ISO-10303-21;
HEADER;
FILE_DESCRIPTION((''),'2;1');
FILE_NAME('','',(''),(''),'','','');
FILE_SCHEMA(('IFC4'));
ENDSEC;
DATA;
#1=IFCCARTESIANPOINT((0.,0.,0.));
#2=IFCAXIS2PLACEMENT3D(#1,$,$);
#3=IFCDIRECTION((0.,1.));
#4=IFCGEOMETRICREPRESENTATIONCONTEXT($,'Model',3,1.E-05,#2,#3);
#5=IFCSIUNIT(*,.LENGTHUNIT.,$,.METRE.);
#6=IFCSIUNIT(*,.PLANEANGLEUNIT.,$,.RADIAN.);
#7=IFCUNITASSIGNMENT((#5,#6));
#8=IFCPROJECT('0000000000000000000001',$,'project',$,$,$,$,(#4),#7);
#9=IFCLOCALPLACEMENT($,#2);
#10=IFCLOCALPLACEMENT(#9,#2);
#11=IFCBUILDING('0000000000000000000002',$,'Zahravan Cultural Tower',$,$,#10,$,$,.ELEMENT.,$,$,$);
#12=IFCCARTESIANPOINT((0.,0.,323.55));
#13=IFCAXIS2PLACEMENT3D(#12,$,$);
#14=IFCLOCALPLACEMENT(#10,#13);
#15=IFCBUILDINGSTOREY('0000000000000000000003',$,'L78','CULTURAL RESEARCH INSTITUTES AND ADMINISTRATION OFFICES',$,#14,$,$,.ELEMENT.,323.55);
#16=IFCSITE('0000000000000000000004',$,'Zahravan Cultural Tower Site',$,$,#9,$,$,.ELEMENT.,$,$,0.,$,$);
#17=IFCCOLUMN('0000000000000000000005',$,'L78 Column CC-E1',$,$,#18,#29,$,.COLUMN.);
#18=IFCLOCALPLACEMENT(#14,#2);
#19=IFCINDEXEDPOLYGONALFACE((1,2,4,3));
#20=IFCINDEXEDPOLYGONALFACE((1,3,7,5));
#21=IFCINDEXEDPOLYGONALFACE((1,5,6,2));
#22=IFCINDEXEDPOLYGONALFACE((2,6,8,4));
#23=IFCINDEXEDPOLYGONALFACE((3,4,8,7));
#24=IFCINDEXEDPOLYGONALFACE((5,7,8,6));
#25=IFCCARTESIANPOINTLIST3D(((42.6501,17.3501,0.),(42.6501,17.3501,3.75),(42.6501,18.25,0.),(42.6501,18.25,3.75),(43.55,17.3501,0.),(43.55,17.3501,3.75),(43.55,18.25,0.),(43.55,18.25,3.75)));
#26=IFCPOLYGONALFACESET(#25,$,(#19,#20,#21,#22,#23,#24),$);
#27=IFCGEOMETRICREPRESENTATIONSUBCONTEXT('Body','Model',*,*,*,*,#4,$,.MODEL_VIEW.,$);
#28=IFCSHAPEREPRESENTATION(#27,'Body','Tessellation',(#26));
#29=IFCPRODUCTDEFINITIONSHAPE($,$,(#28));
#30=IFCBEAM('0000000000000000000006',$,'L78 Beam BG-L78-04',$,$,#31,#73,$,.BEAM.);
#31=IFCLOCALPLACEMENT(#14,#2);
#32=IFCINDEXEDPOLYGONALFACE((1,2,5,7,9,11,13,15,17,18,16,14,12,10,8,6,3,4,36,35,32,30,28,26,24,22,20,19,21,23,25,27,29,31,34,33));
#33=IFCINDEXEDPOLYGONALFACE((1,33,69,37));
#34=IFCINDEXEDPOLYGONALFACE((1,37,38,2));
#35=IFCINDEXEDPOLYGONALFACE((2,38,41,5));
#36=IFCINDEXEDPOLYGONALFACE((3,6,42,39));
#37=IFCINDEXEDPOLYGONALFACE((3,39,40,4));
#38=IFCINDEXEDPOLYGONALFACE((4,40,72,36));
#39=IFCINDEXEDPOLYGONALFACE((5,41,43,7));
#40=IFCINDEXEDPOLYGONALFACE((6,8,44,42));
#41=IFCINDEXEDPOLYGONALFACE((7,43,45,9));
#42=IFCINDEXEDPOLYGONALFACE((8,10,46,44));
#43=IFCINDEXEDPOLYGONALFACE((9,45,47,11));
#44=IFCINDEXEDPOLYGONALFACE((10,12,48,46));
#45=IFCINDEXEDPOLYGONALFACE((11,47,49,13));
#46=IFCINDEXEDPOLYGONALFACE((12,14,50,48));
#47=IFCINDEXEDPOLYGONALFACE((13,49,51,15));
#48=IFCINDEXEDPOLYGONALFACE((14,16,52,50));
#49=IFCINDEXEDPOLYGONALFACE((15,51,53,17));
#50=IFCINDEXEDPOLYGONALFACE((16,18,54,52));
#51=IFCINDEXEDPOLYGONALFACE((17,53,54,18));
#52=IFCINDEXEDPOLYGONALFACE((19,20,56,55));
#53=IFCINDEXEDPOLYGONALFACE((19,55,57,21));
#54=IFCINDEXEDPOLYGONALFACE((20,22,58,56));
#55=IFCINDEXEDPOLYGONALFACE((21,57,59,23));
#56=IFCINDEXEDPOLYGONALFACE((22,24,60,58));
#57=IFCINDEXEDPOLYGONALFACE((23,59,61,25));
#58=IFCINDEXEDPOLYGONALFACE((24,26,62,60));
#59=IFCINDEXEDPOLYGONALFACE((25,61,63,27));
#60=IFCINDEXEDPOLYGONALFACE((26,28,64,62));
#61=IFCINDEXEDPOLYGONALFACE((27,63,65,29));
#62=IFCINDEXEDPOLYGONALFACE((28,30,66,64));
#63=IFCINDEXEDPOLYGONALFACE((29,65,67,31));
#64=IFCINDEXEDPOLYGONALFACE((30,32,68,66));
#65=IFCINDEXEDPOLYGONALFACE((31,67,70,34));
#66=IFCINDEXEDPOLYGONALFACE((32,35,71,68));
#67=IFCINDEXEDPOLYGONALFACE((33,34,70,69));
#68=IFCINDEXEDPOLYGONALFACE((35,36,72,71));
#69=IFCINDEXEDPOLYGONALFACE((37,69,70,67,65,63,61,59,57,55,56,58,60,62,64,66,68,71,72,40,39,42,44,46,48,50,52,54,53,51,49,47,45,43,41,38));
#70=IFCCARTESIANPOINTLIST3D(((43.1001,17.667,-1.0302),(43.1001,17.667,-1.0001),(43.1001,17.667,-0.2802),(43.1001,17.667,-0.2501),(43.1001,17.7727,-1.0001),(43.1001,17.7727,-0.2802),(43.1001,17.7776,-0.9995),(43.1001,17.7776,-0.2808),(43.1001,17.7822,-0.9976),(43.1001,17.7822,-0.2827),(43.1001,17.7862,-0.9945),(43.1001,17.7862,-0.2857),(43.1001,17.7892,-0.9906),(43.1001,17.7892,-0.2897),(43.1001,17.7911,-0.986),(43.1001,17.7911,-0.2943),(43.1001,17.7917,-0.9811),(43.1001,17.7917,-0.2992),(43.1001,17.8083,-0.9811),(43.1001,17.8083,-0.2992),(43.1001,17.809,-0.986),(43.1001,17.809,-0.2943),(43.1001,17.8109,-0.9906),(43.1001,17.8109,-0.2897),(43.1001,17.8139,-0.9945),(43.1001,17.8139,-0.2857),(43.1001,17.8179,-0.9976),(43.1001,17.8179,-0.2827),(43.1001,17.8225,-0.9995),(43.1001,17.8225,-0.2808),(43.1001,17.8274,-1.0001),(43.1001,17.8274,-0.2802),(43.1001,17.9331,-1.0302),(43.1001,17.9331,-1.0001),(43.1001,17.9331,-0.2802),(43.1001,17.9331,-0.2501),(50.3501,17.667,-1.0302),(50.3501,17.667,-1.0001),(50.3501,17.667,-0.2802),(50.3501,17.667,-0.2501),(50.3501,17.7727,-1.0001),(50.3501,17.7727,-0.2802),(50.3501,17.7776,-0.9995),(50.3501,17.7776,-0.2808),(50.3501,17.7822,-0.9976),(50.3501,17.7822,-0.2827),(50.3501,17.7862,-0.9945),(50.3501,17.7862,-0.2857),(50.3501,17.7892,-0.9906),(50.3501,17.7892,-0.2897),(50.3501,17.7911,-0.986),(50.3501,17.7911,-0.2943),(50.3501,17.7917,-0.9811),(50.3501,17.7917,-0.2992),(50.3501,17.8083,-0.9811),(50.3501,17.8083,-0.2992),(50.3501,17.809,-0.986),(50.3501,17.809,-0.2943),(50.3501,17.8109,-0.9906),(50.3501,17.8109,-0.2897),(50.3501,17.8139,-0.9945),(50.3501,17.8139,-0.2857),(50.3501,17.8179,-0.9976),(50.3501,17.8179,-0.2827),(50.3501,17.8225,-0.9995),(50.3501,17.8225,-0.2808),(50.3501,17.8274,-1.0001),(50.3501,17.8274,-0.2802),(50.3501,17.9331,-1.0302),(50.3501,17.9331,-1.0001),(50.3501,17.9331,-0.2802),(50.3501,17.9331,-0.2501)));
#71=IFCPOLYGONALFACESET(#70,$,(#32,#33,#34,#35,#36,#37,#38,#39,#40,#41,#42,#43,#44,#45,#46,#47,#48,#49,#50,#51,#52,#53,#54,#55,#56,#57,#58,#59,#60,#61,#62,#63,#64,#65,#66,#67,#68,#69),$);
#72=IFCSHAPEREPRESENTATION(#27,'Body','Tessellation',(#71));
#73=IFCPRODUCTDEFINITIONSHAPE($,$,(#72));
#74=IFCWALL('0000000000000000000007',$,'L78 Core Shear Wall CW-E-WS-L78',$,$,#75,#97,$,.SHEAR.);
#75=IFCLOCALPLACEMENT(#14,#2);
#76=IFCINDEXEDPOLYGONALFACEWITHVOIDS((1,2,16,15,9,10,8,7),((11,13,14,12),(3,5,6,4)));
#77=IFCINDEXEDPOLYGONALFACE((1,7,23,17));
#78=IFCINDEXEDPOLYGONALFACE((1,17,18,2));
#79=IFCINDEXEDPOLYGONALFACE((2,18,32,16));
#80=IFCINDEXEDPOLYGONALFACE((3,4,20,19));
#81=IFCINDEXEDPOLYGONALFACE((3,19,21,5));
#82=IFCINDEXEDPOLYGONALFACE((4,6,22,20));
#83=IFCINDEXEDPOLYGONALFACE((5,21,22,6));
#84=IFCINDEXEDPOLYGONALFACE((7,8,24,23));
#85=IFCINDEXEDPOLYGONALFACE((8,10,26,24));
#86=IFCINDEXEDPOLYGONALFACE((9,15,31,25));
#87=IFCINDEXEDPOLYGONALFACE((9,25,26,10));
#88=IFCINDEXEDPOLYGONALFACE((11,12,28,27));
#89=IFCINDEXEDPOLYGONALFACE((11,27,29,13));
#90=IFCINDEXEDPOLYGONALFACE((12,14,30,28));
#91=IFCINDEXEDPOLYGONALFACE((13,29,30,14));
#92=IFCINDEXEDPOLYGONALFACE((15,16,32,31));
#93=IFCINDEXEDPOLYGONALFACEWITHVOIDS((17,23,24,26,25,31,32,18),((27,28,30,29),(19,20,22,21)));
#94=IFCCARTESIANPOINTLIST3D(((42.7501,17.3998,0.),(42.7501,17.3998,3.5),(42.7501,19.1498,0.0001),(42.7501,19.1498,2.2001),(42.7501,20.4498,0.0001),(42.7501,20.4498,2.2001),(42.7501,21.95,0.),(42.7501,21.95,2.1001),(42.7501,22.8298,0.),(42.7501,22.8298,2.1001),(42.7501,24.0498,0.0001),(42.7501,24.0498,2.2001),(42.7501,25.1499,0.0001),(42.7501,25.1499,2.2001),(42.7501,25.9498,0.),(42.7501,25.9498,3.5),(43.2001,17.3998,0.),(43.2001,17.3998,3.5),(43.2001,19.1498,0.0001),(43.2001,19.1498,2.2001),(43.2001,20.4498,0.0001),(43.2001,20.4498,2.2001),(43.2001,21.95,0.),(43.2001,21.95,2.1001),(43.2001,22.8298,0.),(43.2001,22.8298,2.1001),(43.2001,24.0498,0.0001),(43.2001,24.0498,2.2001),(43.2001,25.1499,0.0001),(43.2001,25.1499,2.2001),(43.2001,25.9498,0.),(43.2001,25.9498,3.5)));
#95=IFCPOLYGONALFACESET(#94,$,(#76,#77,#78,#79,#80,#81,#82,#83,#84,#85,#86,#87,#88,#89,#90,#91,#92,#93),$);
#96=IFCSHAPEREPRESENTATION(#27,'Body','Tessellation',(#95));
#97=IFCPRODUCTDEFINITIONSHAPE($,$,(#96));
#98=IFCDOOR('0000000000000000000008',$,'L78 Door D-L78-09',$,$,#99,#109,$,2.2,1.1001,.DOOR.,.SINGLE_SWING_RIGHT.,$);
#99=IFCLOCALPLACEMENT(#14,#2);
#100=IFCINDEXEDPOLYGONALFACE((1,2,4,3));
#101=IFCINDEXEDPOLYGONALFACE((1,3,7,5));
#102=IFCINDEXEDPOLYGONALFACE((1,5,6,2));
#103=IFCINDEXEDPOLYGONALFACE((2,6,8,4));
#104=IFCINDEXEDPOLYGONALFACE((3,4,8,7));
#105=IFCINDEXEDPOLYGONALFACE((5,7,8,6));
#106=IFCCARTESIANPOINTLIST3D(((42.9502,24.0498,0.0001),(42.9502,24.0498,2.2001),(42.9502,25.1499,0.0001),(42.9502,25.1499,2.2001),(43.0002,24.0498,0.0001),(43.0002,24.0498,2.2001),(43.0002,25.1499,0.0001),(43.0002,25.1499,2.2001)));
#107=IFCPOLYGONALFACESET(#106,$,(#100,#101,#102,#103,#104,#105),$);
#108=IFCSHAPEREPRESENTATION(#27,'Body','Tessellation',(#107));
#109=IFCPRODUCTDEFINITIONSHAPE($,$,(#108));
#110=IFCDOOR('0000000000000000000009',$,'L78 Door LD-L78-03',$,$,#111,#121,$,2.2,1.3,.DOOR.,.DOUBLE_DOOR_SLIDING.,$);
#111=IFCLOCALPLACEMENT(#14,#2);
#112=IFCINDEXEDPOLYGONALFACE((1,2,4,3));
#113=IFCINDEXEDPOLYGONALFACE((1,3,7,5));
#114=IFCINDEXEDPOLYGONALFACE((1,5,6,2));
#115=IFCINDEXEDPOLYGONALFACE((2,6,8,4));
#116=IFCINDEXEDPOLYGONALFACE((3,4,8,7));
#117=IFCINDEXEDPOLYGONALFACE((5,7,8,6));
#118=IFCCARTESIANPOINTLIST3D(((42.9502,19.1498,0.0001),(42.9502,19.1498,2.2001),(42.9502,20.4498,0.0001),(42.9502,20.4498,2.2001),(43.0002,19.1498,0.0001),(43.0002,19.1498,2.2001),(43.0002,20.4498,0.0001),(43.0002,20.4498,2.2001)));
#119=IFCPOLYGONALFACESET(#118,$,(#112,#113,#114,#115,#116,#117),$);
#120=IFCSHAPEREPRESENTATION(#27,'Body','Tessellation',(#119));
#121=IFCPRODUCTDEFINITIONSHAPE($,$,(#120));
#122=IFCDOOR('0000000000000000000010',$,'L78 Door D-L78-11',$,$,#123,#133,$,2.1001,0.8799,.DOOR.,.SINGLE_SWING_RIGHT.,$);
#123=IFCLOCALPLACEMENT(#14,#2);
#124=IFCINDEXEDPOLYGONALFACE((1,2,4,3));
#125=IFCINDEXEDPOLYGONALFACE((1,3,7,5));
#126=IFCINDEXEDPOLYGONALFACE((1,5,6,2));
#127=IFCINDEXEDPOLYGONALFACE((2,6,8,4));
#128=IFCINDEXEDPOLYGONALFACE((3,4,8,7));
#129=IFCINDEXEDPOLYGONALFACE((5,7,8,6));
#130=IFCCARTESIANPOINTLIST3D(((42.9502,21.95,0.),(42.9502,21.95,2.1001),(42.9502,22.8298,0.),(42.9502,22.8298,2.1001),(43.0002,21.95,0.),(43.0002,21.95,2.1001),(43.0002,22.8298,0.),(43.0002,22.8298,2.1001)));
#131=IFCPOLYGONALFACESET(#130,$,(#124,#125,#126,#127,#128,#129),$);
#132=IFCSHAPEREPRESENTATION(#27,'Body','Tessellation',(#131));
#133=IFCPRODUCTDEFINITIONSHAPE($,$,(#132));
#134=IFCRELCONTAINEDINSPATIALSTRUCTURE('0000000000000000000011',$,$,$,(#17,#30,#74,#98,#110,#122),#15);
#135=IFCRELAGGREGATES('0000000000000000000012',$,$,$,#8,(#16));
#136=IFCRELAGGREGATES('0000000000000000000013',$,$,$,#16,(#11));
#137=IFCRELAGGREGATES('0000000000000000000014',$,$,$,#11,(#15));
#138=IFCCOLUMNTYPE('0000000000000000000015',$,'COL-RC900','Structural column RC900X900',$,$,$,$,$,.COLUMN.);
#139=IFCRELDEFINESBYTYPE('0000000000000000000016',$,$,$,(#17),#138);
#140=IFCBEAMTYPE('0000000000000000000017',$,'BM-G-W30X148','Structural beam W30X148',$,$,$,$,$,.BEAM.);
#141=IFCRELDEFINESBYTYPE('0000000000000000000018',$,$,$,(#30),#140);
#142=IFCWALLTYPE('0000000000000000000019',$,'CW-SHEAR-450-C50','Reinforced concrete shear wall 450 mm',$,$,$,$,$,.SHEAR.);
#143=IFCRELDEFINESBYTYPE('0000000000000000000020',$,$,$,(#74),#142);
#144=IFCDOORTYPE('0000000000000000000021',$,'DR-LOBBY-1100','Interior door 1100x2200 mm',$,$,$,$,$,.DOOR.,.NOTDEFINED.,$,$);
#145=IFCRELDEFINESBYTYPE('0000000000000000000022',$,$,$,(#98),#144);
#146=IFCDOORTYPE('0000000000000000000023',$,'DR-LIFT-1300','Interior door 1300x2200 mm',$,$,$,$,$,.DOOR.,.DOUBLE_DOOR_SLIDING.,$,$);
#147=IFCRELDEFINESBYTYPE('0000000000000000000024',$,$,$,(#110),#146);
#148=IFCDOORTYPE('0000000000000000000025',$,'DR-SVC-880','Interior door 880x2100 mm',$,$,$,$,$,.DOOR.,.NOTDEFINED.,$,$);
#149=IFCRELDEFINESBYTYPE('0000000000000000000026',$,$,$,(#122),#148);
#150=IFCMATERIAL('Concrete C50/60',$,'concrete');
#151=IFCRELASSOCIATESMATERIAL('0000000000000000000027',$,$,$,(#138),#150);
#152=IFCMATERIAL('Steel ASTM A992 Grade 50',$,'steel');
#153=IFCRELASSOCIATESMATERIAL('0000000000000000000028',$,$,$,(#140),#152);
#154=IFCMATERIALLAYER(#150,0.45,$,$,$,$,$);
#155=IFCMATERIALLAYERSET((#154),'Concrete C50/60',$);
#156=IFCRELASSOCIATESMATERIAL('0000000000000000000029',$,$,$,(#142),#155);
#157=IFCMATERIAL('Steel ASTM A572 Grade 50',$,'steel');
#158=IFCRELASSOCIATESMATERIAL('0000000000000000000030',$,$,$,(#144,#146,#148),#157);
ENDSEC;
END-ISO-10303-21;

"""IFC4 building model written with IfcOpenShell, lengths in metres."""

from ifc_helpers import new_model, si_unit, direction, frame, frame_2d, origin, origin_2d, place, context, subcontext, project, spatial, rectangle, i_section, extrude, source, transform, mapped, material, layer, layer_set, material_profile, profile_set, type_object, element, fill, save


model = new_model("IFC4")

# Units and contexts
model_context = context("Model", 3, precision=1e-05, world=origin(), true_north=direction((0.0, 1.0)))
body_context = subcontext(model_context, "Body", "Model", "MODEL_VIEW")
ifc_project = project(units=[si_unit("LENGTHUNIT", "METRE"), si_unit("PLANEANGLEUNIT", "RADIAN")], contexts=[model_context])

# Site, building, storey
site_placement = place(None, origin())
site = spatial("IfcSite", under=ifc_project, at=site_placement, Name="Zahravan Cultural Tower Site", CompositionType="ELEMENT", RefElevation=0.0)
building_placement = place(site_placement, origin())
building = spatial("IfcBuilding", under=site, at=building_placement, Name="Zahravan Cultural Tower", CompositionType="ELEMENT")
storey_placement = place(building_placement, frame((0.0, 0.0, 323.55)))
storey = spatial("IfcBuildingStorey", under=building, at=storey_placement, Name="L78", Description="CULTURAL RESEARCH INSTITUTES AND ADMINISTRATION OFFICES", CompositionType="ELEMENT", Elevation=323.55)

# Column
ifc_material_1 = material(Name="Concrete C50/60", Category="concrete")
ifc_material_profile_1 = material_profile(ifc_material_1, rectangle(XDim=0.8999, YDim=0.8999, at=origin_2d()), Name="RC900X900")
ifc_profile_set_1 = profile_set([ifc_material_profile_1], Name="Concrete C50/60")
column_type = type_object("IfcColumnType", Name="COL-RC900", Description="Structural column RC900X900", PredefinedType="COLUMN", material=ifc_profile_set_1)
shared_shape_1 = source(origin(), body_context, "Body", "SweptSolid", [
    extrude(rectangle(XDim=0.8999, YDim=0.8999, at=origin_2d()), origin(), (0.0, 0.0, 1.0), 3.75),
])
column_placement = place(storey_placement, frame((43.1001, 17.8, 0.0), z_axis=(0.0, 0.0, 1.0), x_axis=(1.0, 0.0, 0.0)))
element("IfcColumn", 1, at=column_placement, inside=storey, type_object=column_type, Name="L78 Column CC-E1", PredefinedType="COLUMN", context=body_context, shape_type="MappedRepresentation", body=[
    mapped(shared_shape_1, transform((0.0, 0.0, 0.0), x_axis=(1.0, 0.0, 0.0), y_axis=(0.0, 1.0, 0.0), z_axis=(0.0, 0.0, 1.0), scale=1.0)),
])

# Beam
ifc_material_2 = material(Name="Steel ASTM A992 Grade 50", Category="steel")
ifc_material_profile_2 = material_profile(ifc_material_2, i_section(OverallWidth=0.2661, OverallDepth=0.78, WebThickness=0.0166, FlangeThickness=0.03, FilletRadius=0.019, at=origin_2d()), Name="W30X148")
ifc_profile_set_2 = profile_set([ifc_material_profile_2], Name="Steel ASTM A992 Grade 50")
beam_type = type_object("IfcBeamType", Name="BM-G-W30X148", Description="Structural beam W30X148", PredefinedType="BEAM", material=ifc_profile_set_2)
shared_shape_2 = source(origin(), body_context, "Body", "SweptSolid", [
    extrude(i_section(OverallWidth=0.2661, OverallDepth=0.78, WebThickness=0.0166, FlangeThickness=0.03, FilletRadius=0.019, at=origin_2d()), origin(), (0.0, 0.0, 1.0), 7.25),
])
beam_placement = place(storey_placement, frame((43.1001, 17.8, -0.6401), z_axis=(1.0, 0.0, 0.0), x_axis=(0.0, 1.0, 0.0)))
element("IfcBeam", 2, at=beam_placement, inside=storey, type_object=beam_type, Name="L78 Beam BG-L78-04", PredefinedType="BEAM", context=body_context, shape_type="MappedRepresentation", body=[
    mapped(shared_shape_2, transform((0.0, 0.0, 0.0), x_axis=(1.0, 0.0, 0.0), y_axis=(0.0, 1.0, 0.0), z_axis=(0.0, 0.0, 1.0), scale=1.0)),
])

# Wall, openings, doors
ifc_layer_1 = layer(ifc_material_1, 0.45)
ifc_layer_set_1 = layer_set([ifc_layer_1], Name="Concrete C50/60")
wall_type_1 = type_object("IfcWallType", Name="CW-SHEAR-450-C50", Description="Reinforced concrete shear wall 450 mm", PredefinedType="SHEAR", material=ifc_layer_set_1)
wall_1_placement = place(storey_placement, frame((42.9751, 17.3999, 0.0), z_axis=(0.0, 0.0, 1.0), x_axis=(0.0, 1.0, 0.0)))
wall_1 = element("IfcWall", 3, at=wall_1_placement, inside=storey, type_object=wall_type_1, Name="L78 Core Shear Wall CW-E-WS-L78", PredefinedType="SHEAR", context=body_context, shape_type="SweptSolid", body=[
    extrude(rectangle(XDim=8.55, YDim=0.45, at=frame_2d((4.2749, 0.0))), origin(), (0.0, 0.0, 1.0), 3.5),
])
opening_1_placement = place(wall_1_placement, frame((6.6499, 0.0, 0.0)))
opening_1 = element("IfcOpeningElement", 4, at=opening_1_placement, cuts=wall_1, PredefinedType="OPENING", context=body_context, shape_type="SweptSolid", body=[
    extrude(rectangle(XDim=1.1001, YDim=2.2, at=frame_2d((0.55, 1.1001))), frame((0.0, 0.2349, 0.0), z_axis=(0.0, -1.0, 0.0), x_axis=(1.0, 0.0, 0.0)), (0.0, 0.0, 1.0), 0.47),
])
opening_2_placement = place(wall_1_placement, frame((1.75, 0.0, 0.0)))
opening_2 = element("IfcOpeningElement", 5, at=opening_2_placement, cuts=wall_1, PredefinedType="OPENING", context=body_context, shape_type="SweptSolid", body=[
    extrude(rectangle(XDim=1.3, YDim=2.2, at=frame_2d((0.6499, 1.1001))), frame((0.0, 0.2349, 0.0), z_axis=(0.0, -1.0, 0.0), x_axis=(1.0, 0.0, 0.0)), (0.0, 0.0, 1.0), 0.47),
])
opening_3_placement = place(wall_1_placement, frame((4.55, 0.0, 0.0)))
opening_3 = element("IfcOpeningElement", 6, at=opening_3_placement, cuts=wall_1, PredefinedType="OPENING", context=body_context, shape_type="SweptSolid", body=[
    extrude(rectangle(XDim=0.8799, YDim=2.1001, at=frame_2d((0.4399, 1.05))), frame((0.0, 0.2349, 0.0), z_axis=(0.0, -1.0, 0.0), x_axis=(1.0, 0.0, 0.0)), (0.0, 0.0, 1.0), 0.47),
])
ifc_material_3 = material(Name="Steel ASTM A572 Grade 50", Category="steel")
door_type_1 = type_object("IfcDoorType", Name="DR-LOBBY-1100", Description="Interior door 1100x2200 mm", OperationType="NOTDEFINED", PredefinedType="DOOR", material=ifc_material_3)
shared_shape_3 = source(origin(), body_context, "Body", "SweptSolid", [
    extrude(rectangle(XDim=1.1001, YDim=2.2, at=frame_2d((0.55, 1.1001))), frame((0.0, 0.0249, 0.0), z_axis=(0.0, -1.0, 0.0), x_axis=(1.0, 0.0, 0.0)), (0.0, 0.0, 1.0), 0.05),
])
door_1_placement = place(opening_1_placement, origin())
door_1 = element("IfcDoor", 7, at=door_1_placement, inside=storey, type_object=door_type_1, Name="L78 Door D-L78-09", OperationType="SINGLE_SWING_RIGHT", OverallHeight=2.2, OverallWidth=1.1001, PredefinedType="DOOR", context=body_context, shape_type="MappedRepresentation", body=[
    mapped(shared_shape_3, transform((0.0, 0.0, 0.0), x_axis=(1.0, 0.0, 0.0), y_axis=(0.0, 1.0, 0.0), z_axis=(0.0, 0.0, 1.0), scale=1.0)),
])
fill(opening_1, door_1)
door_type_2 = type_object("IfcDoorType", Name="DR-LIFT-1300", Description="Interior door 1300x2200 mm", OperationType="DOUBLE_DOOR_SLIDING", PredefinedType="DOOR", material=ifc_material_3)
shared_shape_4 = source(origin(), body_context, "Body", "SweptSolid", [
    extrude(rectangle(XDim=1.3, YDim=2.2, at=frame_2d((0.6499, 1.1001))), frame((0.0, 0.0249, 0.0), z_axis=(0.0, -1.0, 0.0), x_axis=(1.0, 0.0, 0.0)), (0.0, 0.0, 1.0), 0.05),
])
door_2_placement = place(opening_2_placement, origin())
door_2 = element("IfcDoor", 8, at=door_2_placement, inside=storey, type_object=door_type_2, Name="L78 Door LD-L78-03", OperationType="DOUBLE_DOOR_SLIDING", OverallHeight=2.2, OverallWidth=1.3, PredefinedType="DOOR", context=body_context, shape_type="MappedRepresentation", body=[
    mapped(shared_shape_4, transform((0.0, 0.0, 0.0), x_axis=(1.0, 0.0, 0.0), y_axis=(0.0, 1.0, 0.0), z_axis=(0.0, 0.0, 1.0), scale=1.0)),
])
fill(opening_2, door_2)
door_type_3 = type_object("IfcDoorType", Name="DR-SVC-880", Description="Interior door 880x2100 mm", OperationType="NOTDEFINED", PredefinedType="DOOR", material=ifc_material_3)
shared_shape_5 = source(origin(), body_context, "Body", "SweptSolid", [
    extrude(rectangle(XDim=0.8799, YDim=2.1001, at=frame_2d((0.4399, 1.05))), frame((0.0, 0.0249, 0.0), z_axis=(0.0, -1.0, 0.0), x_axis=(1.0, 0.0, 0.0)), (0.0, 0.0, 1.0), 0.05),
])
door_3_placement = place(opening_3_placement, origin())
door_3 = element("IfcDoor", 9, at=door_3_placement, inside=storey, type_object=door_type_3, Name="L78 Door D-L78-11", OperationType="SINGLE_SWING_RIGHT", OverallHeight=2.1001, OverallWidth=0.8799, PredefinedType="DOOR", context=body_context, shape_type="MappedRepresentation", body=[
    mapped(shared_shape_5, transform((0.0, 0.0, 0.0), x_axis=(1.0, 0.0, 0.0), y_axis=(0.0, 1.0, 0.0), z_axis=(0.0, 0.0, 1.0), scale=1.0)),
])
fill(opening_3, door_3)

save(model, "model.ifc")
